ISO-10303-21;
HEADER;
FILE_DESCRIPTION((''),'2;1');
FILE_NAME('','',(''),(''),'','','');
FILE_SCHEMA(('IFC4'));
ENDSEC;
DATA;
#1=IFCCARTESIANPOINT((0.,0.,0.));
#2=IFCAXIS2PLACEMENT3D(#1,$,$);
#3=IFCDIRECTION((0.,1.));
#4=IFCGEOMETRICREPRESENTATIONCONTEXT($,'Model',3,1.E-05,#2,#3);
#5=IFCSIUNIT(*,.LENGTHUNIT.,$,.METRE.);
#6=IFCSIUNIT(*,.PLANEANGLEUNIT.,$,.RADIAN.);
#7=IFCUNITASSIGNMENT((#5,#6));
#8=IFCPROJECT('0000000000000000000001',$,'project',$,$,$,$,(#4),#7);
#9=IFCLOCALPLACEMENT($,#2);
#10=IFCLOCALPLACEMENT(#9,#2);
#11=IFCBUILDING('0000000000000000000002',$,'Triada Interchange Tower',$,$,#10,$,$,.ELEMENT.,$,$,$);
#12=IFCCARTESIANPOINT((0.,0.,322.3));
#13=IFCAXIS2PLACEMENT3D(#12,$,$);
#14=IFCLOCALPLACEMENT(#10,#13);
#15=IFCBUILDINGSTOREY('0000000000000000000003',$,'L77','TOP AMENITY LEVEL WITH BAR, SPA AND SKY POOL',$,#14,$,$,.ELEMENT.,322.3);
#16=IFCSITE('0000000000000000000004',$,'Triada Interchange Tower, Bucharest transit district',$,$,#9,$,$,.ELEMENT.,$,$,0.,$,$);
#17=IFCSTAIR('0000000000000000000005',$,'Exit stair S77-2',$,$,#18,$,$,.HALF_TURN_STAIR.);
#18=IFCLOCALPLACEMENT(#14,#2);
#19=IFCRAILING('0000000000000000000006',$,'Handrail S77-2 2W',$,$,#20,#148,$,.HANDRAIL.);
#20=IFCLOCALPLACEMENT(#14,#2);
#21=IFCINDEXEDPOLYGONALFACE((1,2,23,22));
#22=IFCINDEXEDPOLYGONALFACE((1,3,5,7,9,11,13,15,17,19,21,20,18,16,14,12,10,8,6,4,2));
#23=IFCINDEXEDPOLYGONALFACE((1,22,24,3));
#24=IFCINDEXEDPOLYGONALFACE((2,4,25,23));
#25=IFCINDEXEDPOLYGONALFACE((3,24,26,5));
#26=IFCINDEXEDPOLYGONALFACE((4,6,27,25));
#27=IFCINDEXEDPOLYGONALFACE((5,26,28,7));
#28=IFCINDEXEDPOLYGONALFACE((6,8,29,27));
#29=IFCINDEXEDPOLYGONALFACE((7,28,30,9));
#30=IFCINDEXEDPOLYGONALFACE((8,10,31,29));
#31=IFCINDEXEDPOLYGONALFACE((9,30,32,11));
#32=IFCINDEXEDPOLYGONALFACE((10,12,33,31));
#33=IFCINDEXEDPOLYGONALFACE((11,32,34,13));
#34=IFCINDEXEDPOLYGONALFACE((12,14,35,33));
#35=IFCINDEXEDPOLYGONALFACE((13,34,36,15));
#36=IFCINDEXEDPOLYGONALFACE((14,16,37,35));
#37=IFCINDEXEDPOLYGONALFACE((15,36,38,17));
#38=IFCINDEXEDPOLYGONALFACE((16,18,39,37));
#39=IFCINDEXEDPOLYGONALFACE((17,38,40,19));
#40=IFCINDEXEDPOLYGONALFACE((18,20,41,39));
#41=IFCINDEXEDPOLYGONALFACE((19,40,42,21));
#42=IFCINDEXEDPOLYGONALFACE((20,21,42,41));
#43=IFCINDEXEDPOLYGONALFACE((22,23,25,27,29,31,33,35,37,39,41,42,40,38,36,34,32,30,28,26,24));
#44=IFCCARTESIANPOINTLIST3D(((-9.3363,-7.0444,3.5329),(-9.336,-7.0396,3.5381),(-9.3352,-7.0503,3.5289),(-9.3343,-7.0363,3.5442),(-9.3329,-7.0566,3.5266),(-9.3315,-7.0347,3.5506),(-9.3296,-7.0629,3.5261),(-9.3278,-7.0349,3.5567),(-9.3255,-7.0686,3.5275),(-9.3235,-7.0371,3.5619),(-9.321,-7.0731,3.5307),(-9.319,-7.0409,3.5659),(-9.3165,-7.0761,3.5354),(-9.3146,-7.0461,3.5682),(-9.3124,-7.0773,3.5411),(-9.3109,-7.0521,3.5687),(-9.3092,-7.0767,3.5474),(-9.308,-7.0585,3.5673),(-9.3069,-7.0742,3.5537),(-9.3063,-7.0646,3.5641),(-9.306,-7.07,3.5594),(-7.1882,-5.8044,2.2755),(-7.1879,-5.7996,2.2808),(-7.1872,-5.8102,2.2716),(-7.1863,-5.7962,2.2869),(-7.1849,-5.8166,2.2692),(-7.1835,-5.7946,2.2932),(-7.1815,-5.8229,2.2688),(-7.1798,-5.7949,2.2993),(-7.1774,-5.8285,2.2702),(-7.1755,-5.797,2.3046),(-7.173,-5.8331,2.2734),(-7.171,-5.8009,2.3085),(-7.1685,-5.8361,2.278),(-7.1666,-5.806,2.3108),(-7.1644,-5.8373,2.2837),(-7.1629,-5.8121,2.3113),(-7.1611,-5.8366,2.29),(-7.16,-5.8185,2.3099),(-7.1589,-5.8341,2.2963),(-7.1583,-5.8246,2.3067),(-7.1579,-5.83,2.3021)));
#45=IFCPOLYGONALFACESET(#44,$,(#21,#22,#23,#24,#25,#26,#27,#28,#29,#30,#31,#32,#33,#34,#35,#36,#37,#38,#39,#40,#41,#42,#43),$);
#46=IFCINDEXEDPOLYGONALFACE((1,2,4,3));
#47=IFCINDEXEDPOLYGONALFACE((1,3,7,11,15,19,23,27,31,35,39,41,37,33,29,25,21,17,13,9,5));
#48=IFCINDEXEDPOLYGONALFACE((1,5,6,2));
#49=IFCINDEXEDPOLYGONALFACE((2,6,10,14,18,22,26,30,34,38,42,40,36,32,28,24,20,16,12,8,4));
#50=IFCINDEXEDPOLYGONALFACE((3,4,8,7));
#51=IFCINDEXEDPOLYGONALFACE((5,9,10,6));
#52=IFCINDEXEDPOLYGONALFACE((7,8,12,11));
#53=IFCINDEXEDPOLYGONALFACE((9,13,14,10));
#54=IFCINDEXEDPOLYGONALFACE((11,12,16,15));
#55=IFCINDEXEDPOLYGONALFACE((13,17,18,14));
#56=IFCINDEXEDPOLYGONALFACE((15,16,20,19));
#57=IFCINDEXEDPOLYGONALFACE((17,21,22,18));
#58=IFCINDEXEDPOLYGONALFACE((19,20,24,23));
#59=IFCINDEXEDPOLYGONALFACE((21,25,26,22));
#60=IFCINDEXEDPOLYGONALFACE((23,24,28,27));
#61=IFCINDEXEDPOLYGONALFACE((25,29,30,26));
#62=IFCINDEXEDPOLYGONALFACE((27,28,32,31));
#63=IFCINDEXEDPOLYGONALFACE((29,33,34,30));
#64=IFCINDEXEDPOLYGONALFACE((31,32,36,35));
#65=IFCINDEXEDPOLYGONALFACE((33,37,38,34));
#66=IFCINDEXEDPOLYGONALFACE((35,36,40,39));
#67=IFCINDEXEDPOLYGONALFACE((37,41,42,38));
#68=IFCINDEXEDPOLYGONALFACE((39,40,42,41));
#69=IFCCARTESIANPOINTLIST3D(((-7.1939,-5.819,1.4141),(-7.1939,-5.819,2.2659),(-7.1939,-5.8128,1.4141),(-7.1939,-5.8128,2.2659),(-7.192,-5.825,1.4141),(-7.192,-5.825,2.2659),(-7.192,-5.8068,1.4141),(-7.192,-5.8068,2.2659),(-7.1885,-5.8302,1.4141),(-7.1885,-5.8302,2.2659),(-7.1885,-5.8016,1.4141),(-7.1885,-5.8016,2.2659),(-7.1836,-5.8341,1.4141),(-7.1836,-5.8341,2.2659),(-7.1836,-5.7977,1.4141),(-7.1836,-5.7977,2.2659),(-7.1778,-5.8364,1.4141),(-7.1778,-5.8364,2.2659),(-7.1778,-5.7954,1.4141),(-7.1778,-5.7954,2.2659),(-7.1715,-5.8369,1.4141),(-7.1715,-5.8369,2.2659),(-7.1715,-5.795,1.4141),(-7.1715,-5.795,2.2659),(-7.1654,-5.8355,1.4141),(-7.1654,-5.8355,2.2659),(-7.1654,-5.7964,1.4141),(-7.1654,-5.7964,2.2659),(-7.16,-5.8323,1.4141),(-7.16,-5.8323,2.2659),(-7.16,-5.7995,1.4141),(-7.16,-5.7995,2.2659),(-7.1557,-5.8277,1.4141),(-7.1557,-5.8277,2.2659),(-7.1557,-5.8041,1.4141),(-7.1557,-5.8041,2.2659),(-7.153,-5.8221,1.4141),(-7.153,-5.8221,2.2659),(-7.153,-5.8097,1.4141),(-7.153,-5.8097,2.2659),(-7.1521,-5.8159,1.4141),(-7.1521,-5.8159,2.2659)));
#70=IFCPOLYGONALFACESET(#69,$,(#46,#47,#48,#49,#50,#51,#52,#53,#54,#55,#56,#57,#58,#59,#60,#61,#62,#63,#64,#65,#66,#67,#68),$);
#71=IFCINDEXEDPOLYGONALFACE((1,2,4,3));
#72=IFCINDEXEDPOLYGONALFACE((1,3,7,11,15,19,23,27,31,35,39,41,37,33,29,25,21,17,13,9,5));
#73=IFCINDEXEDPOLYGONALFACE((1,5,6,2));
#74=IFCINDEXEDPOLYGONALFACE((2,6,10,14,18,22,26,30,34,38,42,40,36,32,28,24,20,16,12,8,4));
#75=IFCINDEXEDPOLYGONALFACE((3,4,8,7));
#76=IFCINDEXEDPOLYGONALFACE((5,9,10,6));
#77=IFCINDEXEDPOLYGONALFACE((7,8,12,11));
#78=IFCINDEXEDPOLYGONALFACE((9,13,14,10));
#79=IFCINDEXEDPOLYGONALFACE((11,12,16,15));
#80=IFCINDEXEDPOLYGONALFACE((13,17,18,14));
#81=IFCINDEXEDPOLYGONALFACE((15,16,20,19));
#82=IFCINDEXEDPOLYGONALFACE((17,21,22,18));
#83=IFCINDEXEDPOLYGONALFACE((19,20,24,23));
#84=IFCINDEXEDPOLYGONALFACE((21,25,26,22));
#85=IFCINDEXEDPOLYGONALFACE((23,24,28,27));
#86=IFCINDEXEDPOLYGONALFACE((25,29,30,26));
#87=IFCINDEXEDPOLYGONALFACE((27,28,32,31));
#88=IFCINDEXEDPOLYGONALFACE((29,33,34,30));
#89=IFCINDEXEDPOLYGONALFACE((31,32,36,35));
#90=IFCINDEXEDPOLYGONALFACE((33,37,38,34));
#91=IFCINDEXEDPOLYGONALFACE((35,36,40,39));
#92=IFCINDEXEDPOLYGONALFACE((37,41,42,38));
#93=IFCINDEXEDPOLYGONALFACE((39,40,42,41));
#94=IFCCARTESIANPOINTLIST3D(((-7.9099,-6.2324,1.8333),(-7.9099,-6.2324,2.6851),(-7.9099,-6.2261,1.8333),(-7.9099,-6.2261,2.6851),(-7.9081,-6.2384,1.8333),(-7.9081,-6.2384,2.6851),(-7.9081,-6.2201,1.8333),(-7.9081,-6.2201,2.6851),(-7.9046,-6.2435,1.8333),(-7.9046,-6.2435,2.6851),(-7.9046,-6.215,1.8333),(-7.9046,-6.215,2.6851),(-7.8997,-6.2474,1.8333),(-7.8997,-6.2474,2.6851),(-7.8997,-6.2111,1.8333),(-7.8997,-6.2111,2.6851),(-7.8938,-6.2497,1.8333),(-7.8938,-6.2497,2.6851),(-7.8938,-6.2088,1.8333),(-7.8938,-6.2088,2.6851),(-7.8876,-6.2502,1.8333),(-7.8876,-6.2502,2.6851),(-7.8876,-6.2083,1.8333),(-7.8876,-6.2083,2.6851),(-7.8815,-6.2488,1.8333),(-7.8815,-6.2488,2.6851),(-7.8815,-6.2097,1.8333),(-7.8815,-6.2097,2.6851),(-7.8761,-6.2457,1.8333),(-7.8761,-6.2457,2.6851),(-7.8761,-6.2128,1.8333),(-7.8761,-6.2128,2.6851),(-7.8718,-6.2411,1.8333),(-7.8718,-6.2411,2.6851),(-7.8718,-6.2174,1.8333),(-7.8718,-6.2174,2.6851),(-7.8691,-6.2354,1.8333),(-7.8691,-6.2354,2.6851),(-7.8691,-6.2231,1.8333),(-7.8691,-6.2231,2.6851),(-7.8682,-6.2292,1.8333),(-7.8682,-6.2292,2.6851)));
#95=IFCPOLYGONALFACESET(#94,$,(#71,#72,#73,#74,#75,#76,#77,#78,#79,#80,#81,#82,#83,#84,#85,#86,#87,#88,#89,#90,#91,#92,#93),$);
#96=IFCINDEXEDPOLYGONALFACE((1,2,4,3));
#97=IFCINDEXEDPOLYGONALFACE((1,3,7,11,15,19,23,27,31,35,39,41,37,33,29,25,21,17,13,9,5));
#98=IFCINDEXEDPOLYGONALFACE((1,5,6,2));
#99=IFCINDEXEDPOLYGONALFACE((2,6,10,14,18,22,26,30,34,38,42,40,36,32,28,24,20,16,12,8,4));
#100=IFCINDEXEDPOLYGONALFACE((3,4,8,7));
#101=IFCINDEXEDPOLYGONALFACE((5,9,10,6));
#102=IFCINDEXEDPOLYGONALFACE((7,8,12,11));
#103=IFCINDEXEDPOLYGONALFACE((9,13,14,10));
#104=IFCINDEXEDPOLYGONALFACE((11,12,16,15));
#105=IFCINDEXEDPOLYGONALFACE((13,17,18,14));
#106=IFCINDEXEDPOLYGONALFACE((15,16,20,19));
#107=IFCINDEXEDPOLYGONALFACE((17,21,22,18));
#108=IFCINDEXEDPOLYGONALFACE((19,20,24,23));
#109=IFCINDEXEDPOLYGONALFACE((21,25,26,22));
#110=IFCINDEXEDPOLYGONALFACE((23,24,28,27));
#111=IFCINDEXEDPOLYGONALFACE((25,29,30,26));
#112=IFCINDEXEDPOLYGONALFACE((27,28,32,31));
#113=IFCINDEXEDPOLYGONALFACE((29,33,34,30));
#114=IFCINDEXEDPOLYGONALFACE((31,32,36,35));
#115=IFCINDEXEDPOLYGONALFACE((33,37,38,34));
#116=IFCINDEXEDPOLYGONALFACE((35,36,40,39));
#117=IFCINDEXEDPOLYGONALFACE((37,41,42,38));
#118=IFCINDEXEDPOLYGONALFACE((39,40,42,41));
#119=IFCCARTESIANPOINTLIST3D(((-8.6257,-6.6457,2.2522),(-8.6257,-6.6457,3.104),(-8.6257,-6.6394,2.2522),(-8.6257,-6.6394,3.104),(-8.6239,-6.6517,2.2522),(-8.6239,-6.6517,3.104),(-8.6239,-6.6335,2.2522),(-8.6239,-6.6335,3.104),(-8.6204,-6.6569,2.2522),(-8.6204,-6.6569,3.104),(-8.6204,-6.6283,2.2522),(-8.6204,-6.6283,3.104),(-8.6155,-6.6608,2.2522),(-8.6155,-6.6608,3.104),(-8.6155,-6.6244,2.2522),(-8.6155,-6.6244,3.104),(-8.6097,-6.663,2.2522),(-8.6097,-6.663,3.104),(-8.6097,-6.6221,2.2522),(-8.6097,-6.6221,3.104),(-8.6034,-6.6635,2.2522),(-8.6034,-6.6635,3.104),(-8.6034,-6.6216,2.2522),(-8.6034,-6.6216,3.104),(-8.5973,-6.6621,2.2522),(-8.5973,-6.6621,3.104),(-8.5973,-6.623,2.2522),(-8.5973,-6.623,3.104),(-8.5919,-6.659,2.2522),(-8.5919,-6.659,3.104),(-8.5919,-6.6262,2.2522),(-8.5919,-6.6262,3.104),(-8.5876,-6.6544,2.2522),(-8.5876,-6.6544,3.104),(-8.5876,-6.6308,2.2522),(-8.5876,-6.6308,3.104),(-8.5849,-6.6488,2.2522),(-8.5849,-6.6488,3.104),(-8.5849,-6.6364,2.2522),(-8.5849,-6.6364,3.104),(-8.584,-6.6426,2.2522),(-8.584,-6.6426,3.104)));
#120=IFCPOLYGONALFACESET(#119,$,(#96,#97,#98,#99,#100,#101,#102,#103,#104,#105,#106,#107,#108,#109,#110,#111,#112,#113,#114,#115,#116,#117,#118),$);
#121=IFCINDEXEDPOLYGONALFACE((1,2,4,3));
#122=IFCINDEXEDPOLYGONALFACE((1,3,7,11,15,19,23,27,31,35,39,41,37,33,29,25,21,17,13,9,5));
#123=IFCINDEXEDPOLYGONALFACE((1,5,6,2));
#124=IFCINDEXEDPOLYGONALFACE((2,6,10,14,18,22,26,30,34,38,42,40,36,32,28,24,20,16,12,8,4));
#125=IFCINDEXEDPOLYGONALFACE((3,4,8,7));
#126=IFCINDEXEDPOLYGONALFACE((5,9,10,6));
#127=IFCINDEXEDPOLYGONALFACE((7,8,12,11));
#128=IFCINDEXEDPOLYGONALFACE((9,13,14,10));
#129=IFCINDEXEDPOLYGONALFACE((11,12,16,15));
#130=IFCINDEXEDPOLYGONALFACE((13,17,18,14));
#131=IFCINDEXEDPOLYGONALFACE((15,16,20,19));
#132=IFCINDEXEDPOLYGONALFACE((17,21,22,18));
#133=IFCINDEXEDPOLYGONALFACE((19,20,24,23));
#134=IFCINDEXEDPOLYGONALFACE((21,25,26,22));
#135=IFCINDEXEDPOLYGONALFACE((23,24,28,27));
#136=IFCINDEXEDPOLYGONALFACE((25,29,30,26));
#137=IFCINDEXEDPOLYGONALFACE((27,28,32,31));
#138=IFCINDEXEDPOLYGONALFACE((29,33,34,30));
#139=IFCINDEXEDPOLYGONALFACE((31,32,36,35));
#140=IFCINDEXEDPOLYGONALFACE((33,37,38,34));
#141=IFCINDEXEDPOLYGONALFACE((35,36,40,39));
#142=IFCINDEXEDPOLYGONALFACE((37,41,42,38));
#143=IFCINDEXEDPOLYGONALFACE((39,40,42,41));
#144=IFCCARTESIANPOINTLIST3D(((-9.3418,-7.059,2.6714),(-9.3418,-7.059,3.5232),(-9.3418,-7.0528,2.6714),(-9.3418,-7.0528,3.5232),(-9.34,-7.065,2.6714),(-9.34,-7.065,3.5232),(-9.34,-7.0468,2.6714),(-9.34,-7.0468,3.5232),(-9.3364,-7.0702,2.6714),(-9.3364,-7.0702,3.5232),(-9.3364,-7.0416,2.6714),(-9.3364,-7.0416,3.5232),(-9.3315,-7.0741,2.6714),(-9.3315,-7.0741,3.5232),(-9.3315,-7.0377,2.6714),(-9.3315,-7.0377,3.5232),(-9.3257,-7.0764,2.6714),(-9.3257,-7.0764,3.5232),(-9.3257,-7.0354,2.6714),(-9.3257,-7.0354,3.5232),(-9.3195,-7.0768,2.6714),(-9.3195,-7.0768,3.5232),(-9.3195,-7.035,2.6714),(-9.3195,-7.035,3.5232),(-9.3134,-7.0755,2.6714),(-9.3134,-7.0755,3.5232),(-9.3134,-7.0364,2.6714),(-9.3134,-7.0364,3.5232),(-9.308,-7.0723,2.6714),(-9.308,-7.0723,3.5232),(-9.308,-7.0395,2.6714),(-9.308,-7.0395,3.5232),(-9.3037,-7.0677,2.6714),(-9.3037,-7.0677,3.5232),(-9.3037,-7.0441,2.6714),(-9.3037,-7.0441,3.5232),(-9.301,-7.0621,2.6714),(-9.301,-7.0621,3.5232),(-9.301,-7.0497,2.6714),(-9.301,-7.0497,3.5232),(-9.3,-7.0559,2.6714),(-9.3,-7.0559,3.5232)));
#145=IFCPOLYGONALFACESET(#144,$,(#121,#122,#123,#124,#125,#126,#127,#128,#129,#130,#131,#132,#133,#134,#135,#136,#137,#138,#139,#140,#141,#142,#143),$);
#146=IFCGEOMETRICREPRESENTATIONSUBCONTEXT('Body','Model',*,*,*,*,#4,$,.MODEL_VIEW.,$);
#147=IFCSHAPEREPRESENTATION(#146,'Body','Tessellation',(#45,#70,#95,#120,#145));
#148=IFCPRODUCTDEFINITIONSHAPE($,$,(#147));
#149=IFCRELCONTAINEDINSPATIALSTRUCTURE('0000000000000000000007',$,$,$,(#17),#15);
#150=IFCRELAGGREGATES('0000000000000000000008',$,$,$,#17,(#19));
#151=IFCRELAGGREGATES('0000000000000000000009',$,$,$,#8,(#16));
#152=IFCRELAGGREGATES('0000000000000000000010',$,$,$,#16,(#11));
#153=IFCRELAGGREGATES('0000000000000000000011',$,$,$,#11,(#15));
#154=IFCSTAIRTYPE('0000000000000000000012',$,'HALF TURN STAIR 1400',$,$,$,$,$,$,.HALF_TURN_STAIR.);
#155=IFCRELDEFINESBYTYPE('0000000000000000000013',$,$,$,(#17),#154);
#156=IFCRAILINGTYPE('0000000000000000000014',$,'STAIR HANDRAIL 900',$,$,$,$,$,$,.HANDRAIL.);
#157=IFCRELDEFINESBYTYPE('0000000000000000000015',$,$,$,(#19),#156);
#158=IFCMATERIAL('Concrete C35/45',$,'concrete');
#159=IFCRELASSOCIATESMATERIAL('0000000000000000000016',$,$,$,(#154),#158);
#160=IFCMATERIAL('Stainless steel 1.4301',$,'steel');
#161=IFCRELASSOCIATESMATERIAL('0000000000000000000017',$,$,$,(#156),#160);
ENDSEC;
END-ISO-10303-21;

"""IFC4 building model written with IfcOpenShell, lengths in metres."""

from ifc_helpers import new_model, si_unit, direction, frame, origin, origin_2d, place, context, subcontext, project, spatial, circle, extrude, material, type_object, element, aggregate, save


model = new_model("IFC4")

# Units and contexts
model_context = context("Model", 3, precision=1e-05, world=origin(), true_north=direction((0.0, 1.0)))
body_context = subcontext(model_context, "Body", "Model", "MODEL_VIEW")
ifc_project = project(units=[si_unit("LENGTHUNIT", "METRE"), si_unit("PLANEANGLEUNIT", "RADIAN")], contexts=[model_context])

# Site, building, storey
site_placement = place(None, origin())
site = spatial("IfcSite", under=ifc_project, at=site_placement, Name="Triada Interchange Tower, Bucharest transit district", CompositionType="ELEMENT", RefElevation=0.0)
building_placement = place(site_placement, origin())
building = spatial("IfcBuilding", under=site, at=building_placement, Name="Triada Interchange Tower", CompositionType="ELEMENT")
storey_placement = place(building_placement, frame((0.0, 0.0, 322.3)))
storey = spatial("IfcBuildingStorey", under=building, at=storey_placement, Name="L77", Description="TOP AMENITY LEVEL WITH BAR, SPA AND SKY POOL", CompositionType="ELEMENT", Elevation=322.3)

# Stair, railing
ifc_material_1 = material(Name="Concrete C35/45", Category="concrete")
stair_type = type_object("IfcStairType", Name="HALF TURN STAIR 1400", PredefinedType="HALF_TURN_STAIR", material=ifc_material_1)
stair_placement = place(storey_placement, origin())
stair = element("IfcStair", 1, at=stair_placement, inside=storey, type_object=stair_type, Name="Exit stair S77-2", PredefinedType="HALF_TURN_STAIR")
ifc_material_2 = material(Name="Stainless steel 1.4301", Category="steel")
railing_type = type_object("IfcRailingType", Name="STAIR HANDRAIL 900", PredefinedType="HANDRAIL", material=ifc_material_2)
railing_1_placement = place(storey_placement, frame((-7.1731, -5.8159, 1.4141)))
railing_1 = element("IfcRailing", 2, at=railing_1_placement, type_object=railing_type, Name="Handrail S77-2 2W", PredefinedType="HANDRAIL", context=body_context, shape_type="SweptSolid", body=[
    extrude(circle(Radius=0.0239, at=origin_2d()), frame((0.0, 0.0, 0.876), z_axis=(-0.772457, -0.445932, 0.452166), x_axis=(0.499961, -0.866048, 0.0)), (0.0, 0.0, 1.0), 2.7808),
    extrude(circle(Radius=0.021, at=origin_2d()), origin(), (0.0, 0.0, 1.0), 0.8518),
    extrude(circle(Radius=0.021, at=origin_2d()), frame((-0.7161, -0.4133, 0.4192)), (0.0, 0.0, 1.0), 0.8518),
    extrude(circle(Radius=0.021, at=origin_2d()), frame((-1.4319, -0.8267, 0.8381)), (0.0, 0.0, 1.0), 0.8518),
    extrude(circle(Radius=0.021, at=origin_2d()), frame((-2.1479, -1.24, 1.2573)), (0.0, 0.0, 1.0), 0.8518),
])
aggregate(stair, [railing_1])

save(model, "model.ifc")
